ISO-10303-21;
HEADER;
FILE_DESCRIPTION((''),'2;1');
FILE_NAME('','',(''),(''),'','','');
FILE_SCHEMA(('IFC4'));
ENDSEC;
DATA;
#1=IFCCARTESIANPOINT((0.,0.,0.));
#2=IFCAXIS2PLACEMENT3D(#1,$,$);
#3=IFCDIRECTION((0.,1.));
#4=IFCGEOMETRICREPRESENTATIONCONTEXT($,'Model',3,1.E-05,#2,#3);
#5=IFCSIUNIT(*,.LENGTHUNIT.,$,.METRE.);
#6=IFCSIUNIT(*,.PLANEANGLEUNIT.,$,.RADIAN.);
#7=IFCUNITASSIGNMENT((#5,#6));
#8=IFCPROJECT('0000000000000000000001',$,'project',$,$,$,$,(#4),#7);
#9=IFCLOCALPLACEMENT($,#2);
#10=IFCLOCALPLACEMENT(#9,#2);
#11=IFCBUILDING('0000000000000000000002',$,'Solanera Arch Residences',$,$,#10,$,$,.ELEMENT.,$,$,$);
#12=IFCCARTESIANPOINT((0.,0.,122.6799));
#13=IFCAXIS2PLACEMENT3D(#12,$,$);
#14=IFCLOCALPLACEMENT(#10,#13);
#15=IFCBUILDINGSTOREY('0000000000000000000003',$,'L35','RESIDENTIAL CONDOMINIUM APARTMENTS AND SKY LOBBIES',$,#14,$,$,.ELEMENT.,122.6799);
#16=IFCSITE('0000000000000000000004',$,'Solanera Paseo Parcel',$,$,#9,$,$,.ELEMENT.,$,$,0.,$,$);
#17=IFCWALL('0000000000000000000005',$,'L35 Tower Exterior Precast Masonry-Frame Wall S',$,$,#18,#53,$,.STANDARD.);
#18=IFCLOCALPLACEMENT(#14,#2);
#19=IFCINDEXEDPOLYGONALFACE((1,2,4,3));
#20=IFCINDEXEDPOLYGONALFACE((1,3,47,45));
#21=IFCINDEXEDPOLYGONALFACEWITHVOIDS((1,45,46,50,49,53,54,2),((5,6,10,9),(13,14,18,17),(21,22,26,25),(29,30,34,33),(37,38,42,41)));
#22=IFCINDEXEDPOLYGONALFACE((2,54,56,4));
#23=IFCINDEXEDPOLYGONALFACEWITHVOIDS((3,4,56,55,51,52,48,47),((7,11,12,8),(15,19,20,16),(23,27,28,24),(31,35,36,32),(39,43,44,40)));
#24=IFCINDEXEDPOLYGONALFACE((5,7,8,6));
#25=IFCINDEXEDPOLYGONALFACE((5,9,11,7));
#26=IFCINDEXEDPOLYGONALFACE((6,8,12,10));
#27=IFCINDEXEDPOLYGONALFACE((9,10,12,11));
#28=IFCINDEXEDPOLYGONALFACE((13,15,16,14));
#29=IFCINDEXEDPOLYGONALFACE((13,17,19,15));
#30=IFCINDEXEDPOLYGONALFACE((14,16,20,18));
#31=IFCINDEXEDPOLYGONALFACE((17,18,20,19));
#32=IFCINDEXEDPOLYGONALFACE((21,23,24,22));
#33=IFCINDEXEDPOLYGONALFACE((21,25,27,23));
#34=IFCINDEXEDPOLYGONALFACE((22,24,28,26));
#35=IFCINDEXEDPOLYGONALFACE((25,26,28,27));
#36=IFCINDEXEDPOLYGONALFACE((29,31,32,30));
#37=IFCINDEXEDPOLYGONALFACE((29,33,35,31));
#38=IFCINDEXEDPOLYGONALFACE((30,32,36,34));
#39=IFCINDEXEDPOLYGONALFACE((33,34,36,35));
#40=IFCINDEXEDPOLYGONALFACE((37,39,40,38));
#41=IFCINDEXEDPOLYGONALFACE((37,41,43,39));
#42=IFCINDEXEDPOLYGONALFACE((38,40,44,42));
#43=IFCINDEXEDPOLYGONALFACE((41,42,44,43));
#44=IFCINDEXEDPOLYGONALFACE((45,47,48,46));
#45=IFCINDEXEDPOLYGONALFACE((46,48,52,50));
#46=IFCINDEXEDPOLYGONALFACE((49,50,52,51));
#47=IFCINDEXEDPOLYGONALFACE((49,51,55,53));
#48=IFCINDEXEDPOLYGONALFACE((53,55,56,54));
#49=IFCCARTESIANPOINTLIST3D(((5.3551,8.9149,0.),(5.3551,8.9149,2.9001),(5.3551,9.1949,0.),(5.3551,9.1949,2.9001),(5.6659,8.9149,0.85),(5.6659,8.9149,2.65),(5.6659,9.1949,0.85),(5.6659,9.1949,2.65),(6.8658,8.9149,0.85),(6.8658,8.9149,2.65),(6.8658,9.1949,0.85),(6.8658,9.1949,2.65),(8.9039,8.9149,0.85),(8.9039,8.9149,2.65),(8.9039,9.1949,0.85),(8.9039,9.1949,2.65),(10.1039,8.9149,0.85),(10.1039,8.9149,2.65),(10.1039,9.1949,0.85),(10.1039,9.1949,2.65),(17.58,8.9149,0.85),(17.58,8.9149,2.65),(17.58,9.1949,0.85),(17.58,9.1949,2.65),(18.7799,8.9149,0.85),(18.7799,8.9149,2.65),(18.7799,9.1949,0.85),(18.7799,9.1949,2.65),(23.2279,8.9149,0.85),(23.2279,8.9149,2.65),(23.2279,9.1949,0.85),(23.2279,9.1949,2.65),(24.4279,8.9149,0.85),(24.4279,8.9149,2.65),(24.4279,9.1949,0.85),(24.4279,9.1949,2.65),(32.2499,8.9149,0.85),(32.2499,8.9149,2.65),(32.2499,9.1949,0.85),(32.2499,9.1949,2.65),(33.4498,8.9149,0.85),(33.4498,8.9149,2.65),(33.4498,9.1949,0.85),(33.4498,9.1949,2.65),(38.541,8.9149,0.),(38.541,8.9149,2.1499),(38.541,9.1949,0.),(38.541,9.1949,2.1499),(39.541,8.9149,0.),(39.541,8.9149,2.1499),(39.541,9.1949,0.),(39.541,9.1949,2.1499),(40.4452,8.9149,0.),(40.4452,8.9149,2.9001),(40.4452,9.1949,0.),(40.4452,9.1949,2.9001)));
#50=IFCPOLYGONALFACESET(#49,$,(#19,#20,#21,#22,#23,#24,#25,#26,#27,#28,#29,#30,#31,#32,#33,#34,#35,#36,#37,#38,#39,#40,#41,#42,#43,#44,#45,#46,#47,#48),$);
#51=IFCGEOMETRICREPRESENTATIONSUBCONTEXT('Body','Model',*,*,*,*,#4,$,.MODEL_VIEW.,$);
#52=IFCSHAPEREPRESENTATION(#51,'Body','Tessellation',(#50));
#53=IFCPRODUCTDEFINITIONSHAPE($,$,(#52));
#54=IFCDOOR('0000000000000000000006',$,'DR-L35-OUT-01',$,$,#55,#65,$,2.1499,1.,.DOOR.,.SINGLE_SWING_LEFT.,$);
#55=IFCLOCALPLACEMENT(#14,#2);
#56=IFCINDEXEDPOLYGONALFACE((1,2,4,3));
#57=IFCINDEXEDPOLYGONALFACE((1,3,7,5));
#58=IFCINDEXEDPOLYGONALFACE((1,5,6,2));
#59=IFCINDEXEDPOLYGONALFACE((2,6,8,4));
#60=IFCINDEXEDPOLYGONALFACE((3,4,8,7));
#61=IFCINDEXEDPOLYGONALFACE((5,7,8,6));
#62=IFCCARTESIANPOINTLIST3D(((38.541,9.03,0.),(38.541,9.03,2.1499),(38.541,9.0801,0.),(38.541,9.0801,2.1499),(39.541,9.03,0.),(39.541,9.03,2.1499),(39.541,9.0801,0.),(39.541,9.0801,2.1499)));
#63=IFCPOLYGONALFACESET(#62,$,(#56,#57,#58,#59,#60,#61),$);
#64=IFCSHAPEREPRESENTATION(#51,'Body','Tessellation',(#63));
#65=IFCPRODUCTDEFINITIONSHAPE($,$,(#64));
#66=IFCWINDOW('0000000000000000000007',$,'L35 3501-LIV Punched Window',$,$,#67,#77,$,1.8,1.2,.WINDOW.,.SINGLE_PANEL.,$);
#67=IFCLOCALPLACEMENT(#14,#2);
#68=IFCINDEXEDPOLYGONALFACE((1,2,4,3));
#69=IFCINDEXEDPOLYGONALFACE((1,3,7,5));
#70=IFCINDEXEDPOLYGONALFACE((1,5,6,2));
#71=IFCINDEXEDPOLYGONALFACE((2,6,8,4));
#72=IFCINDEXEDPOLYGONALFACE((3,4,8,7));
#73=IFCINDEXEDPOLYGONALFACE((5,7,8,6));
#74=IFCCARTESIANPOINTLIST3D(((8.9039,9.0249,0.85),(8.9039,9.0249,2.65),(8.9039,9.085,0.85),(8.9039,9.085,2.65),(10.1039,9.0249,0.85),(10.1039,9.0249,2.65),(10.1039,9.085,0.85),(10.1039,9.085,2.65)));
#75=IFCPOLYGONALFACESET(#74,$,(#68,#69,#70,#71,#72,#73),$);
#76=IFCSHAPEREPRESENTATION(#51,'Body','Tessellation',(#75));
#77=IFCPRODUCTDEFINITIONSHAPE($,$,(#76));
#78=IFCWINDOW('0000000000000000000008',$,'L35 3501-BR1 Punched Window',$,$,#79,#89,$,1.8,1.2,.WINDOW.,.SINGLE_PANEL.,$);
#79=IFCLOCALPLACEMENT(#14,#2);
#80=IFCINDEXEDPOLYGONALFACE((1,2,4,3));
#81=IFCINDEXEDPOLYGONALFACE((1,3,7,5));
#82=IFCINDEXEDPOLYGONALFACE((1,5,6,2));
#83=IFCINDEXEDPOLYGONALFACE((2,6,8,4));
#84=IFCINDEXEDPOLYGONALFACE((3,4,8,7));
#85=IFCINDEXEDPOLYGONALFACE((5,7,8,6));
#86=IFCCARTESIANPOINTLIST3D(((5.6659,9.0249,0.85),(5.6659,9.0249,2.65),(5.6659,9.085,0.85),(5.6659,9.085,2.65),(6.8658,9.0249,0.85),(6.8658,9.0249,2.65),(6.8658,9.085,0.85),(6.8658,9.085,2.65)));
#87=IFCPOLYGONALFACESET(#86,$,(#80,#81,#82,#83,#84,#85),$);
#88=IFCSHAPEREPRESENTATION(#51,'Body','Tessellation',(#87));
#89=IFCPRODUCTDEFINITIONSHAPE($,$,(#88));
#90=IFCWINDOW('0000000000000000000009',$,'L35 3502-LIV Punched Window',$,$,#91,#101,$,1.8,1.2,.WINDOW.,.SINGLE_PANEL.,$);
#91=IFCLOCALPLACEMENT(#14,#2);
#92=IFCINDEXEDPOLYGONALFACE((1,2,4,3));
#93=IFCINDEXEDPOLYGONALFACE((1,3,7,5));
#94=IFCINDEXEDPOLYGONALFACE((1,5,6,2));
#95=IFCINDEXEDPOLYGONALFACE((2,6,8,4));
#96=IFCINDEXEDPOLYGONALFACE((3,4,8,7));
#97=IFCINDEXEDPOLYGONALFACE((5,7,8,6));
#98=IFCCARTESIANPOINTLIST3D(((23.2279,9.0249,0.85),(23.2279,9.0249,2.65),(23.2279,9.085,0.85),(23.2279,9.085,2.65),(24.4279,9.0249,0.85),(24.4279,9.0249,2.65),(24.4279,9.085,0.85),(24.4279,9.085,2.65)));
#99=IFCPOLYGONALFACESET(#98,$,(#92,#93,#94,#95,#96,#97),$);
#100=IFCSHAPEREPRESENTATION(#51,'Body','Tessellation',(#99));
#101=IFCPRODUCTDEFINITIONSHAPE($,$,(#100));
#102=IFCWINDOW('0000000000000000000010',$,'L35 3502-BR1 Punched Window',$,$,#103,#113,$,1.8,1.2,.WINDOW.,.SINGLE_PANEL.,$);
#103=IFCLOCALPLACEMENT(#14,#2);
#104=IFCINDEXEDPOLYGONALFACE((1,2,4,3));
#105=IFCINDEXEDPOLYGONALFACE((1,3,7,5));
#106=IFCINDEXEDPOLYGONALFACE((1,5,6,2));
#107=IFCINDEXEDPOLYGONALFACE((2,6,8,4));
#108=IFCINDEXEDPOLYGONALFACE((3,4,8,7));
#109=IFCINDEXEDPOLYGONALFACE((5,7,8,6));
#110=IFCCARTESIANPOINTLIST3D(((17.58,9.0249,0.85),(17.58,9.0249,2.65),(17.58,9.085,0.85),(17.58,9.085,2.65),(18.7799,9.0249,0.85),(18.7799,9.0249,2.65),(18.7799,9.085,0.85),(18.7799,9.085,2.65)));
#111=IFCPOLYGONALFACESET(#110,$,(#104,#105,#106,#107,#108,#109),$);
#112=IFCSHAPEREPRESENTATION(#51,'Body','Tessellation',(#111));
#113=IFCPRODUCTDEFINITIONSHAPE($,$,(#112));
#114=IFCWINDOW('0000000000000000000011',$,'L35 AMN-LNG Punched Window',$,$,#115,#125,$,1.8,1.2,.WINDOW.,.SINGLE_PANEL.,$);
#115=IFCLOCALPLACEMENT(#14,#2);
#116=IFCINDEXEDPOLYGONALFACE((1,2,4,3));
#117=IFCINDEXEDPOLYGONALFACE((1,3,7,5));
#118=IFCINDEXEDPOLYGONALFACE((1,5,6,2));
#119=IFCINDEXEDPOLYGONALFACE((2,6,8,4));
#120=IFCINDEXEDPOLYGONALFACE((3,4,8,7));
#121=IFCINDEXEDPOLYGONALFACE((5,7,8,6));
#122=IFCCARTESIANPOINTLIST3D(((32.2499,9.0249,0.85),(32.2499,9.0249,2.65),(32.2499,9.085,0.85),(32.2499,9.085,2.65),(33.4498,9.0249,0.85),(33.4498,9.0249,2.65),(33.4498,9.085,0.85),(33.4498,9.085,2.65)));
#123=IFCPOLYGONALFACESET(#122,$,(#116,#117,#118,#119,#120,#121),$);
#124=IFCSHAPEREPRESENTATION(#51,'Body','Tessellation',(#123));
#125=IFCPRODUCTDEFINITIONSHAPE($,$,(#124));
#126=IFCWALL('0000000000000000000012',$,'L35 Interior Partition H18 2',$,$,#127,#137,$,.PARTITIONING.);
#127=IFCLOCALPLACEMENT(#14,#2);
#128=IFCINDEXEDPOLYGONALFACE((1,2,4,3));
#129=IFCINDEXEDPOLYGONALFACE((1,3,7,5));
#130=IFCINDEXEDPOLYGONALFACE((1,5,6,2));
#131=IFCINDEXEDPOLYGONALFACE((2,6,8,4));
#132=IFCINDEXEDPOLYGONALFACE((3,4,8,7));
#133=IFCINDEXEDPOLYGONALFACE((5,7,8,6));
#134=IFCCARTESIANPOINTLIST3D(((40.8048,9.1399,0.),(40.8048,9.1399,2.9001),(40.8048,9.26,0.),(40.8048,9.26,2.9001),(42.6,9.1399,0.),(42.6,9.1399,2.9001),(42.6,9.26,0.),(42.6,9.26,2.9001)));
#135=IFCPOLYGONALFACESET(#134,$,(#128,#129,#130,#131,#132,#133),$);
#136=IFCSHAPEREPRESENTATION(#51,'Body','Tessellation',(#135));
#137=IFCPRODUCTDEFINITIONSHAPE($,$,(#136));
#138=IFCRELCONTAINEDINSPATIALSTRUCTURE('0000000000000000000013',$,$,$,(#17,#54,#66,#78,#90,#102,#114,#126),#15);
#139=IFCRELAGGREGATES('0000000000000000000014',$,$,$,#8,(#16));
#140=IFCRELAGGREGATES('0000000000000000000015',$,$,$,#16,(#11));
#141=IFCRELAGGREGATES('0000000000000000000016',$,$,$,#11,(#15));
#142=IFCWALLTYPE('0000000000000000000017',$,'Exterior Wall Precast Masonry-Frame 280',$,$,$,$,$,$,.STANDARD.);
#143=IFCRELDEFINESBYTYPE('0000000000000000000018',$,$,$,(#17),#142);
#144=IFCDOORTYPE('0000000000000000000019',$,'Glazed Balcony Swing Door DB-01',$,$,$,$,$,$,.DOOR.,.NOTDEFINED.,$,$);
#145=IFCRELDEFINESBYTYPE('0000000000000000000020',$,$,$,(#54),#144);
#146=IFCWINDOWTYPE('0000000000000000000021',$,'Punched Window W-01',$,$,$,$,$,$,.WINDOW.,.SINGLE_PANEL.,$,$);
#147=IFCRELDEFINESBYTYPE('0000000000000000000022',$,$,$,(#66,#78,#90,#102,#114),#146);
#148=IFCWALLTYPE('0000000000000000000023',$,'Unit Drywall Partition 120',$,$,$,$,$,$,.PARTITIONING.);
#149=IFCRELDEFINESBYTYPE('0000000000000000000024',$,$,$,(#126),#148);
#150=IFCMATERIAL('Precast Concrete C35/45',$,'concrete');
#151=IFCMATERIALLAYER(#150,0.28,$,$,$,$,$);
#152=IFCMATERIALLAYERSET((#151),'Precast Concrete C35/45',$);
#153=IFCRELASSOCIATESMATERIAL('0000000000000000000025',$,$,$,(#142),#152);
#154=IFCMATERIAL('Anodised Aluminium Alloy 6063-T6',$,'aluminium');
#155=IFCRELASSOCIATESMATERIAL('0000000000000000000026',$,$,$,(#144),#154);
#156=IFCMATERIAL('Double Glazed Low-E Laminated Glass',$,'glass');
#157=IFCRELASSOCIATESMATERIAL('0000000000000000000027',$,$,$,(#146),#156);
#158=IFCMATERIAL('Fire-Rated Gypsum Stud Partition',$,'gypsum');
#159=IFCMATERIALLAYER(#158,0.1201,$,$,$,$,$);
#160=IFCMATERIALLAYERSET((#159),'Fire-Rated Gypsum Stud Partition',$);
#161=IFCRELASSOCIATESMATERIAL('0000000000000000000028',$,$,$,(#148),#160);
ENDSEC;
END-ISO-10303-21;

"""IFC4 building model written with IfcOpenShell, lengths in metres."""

from ifc_helpers import new_model, si_unit, direction, frame, frame_2d, origin, place, context, subcontext, project, spatial, rectangle, extrude, material, layer, layer_set, type_object, element, fill, save


model = new_model("IFC4")

# Units and contexts
model_context = context("Model", 3, precision=1e-05, world=origin(), true_north=direction((0.0, 1.0)))
body_context = subcontext(model_context, "Body", "Model", "MODEL_VIEW")
ifc_project = project(units=[si_unit("LENGTHUNIT", "METRE"), si_unit("PLANEANGLEUNIT", "RADIAN")], contexts=[model_context])

# Site, building, storey
site_placement = place(None, origin())
site = spatial("IfcSite", under=ifc_project, at=site_placement, Name="Solanera Paseo Parcel", CompositionType="ELEMENT", RefElevation=0.0)
building_placement = place(site_placement, origin())
building = spatial("IfcBuilding", under=site, at=building_placement, Name="Solanera Arch Residences", CompositionType="ELEMENT")
storey_placement = place(building_placement, frame((0.0, 0.0, 122.6799)))
storey = spatial("IfcBuildingStorey", under=building, at=storey_placement, Name="L35", Description="RESIDENTIAL CONDOMINIUM APARTMENTS AND SKY LOBBIES", CompositionType="ELEMENT", Elevation=122.6799)

# Shared definitions
ifc_material_1 = material(Name="Precast Concrete C35/45", Category="concrete")
ifc_layer_1 = layer(ifc_material_1, 0.28)
ifc_layer_set_1 = layer_set([ifc_layer_1], Name="Precast Concrete C35/45")
wall_type_1 = type_object("IfcWallType", Name="Exterior Wall Precast Masonry-Frame 280", PredefinedType="STANDARD", material=ifc_layer_set_1)

# Wall, openings, door, windows
wall_1_placement = place(storey_placement, frame((40.4451, 9.0549, 0.0), z_axis=(0.0, 0.0, 1.0), x_axis=(-1.0, 0.0, 0.0)))
wall_1 = element("IfcWall", 1, at=wall_1_placement, inside=storey, type_object=wall_type_1, Name="L35 Tower Exterior Precast Masonry-Frame Wall S", PredefinedType="STANDARD", context=body_context, shape_type="SweptSolid", body=[
    extrude(rectangle(XDim=35.0901, YDim=0.28, at=frame_2d((17.5449, 0.0))), origin(), (0.0, 0.0, 1.0), 2.9001),
])
opening_1_placement = place(wall_1_placement, frame((0.9041, 0.0, 0.0)))
opening_1 = element("IfcOpeningElement", 2, at=opening_1_placement, cuts=wall_1, PredefinedType="OPENING", context=body_context, shape_type="SweptSolid", body=[
    extrude(rectangle(XDim=1.0, YDim=2.1499, at=frame_2d((0.5, 1.075))), frame((0.0, 0.1499, 0.0), z_axis=(0.0, -1.0, 0.0), x_axis=(1.0, 0.0, 0.0)), (0.0, 0.0, 1.0), 0.3),
])
opening_2_placement = place(wall_1_placement, frame((30.3411, 0.0, 0.8501)))
opening_2 = element("IfcOpeningElement", 3, at=opening_2_placement, cuts=wall_1, PredefinedType="OPENING", context=body_context, shape_type="SweptSolid", body=[
    extrude(rectangle(XDim=1.2, YDim=1.8, at=frame_2d((0.6001, 0.8999))), frame((0.0, 0.1499, 0.0), z_axis=(0.0, -1.0, 0.0), x_axis=(1.0, 0.0, 0.0)), (0.0, 0.0, 1.0), 0.3),
])
opening_3_placement = place(wall_1_placement, frame((33.5791, 0.0, 0.8501)))
opening_3 = element("IfcOpeningElement", 4, at=opening_3_placement, cuts=wall_1, PredefinedType="OPENING", context=body_context, shape_type="SweptSolid", body=[
    extrude(rectangle(XDim=1.2, YDim=1.8, at=frame_2d((0.6001, 0.8999))), frame((0.0, 0.1499, 0.0), z_axis=(0.0, -1.0, 0.0), x_axis=(1.0, 0.0, 0.0)), (0.0, 0.0, 1.0), 0.3),
])
opening_4_placement = place(wall_1_placement, frame((16.0171, 0.0, 0.8501)))
opening_4 = element("IfcOpeningElement", 5, at=opening_4_placement, cuts=wall_1, PredefinedType="OPENING", context=body_context, shape_type="SweptSolid", body=[
    extrude(rectangle(XDim=1.2, YDim=1.8, at=frame_2d((0.6001, 0.8999))), frame((0.0, 0.1499, 0.0), z_axis=(0.0, -1.0, 0.0), x_axis=(1.0, 0.0, 0.0)), (0.0, 0.0, 1.0), 0.3),
])
opening_5_placement = place(wall_1_placement, frame((21.665, 0.0, 0.8501)))
opening_5 = element("IfcOpeningElement", 6, at=opening_5_placement, cuts=wall_1, PredefinedType="OPENING", context=body_context, shape_type="SweptSolid", body=[
    extrude(rectangle(XDim=1.2, YDim=1.8, at=frame_2d((0.6001, 0.8999))), frame((0.0, 0.1499, 0.0), z_axis=(0.0, -1.0, 0.0), x_axis=(1.0, 0.0, 0.0)), (0.0, 0.0, 1.0), 0.3),
])
opening_6_placement = place(wall_1_placement, frame((6.9951, 0.0, 0.8501)))
opening_6 = element("IfcOpeningElement", 7, at=opening_6_placement, cuts=wall_1, PredefinedType="OPENING", context=body_context, shape_type="SweptSolid", body=[
    extrude(rectangle(XDim=1.2, YDim=1.8, at=frame_2d((0.6001, 0.8999))), frame((0.0, 0.1499, 0.0), z_axis=(0.0, -1.0, 0.0), x_axis=(1.0, 0.0, 0.0)), (0.0, 0.0, 1.0), 0.3),
])
ifc_material_2 = material(Name="Anodised Aluminium Alloy 6063-T6", Category="aluminium")
door_type = type_object("IfcDoorType", Name="Glazed Balcony Swing Door DB-01", OperationType="NOTDEFINED", PredefinedType="DOOR", material=ifc_material_2)
door_placement = place(opening_1_placement, origin())
door = element("IfcDoor", 8, at=door_placement, inside=storey, type_object=door_type, Name="DR-L35-OUT-01", OperationType="SINGLE_SWING_LEFT", OverallHeight=2.1499, OverallWidth=1.0, PredefinedType="DOOR", context=body_context, shape_type="SweptSolid", body=[
    extrude(rectangle(XDim=1.0, YDim=2.1499, at=frame_2d((0.5, 1.075))), frame((0.0, 0.0249, 0.0), z_axis=(0.0, -1.0, 0.0), x_axis=(1.0, 0.0, 0.0)), (0.0, 0.0, 1.0), 0.05),
])
fill(opening_1, door)
ifc_material_3 = material(Name="Double Glazed Low-E Laminated Glass", Category="glass")
window_type = type_object("IfcWindowType", Name="Punched Window W-01", PartitioningType="SINGLE_PANEL", PredefinedType="WINDOW", material=ifc_material_3)
window_1_placement = place(opening_2_placement, origin())
window_1 = element("IfcWindow", 9, at=window_1_placement, inside=storey, type_object=window_type, Name="L35 3501-LIV Punched Window", OverallHeight=1.8, OverallWidth=1.2, PartitioningType="SINGLE_PANEL", PredefinedType="WINDOW", context=body_context, shape_type="SweptSolid", body=[
    extrude(rectangle(XDim=1.2, YDim=1.8, at=frame_2d((0.6001, 0.8999))), frame((0.0, 0.03, 0.0), z_axis=(0.0, -1.0, 0.0), x_axis=(1.0, 0.0, 0.0)), (0.0, 0.0, 1.0), 0.0601),
])
fill(opening_2, window_1)
window_2_placement = place(opening_3_placement, origin())
window_2 = element("IfcWindow", 10, at=window_2_placement, inside=storey, type_object=window_type, Name="L35 3501-BR1 Punched Window", OverallHeight=1.8, OverallWidth=1.2, PartitioningType="SINGLE_PANEL", PredefinedType="WINDOW", context=body_context, shape_type="SweptSolid", body=[
    extrude(rectangle(XDim=1.2, YDim=1.8, at=frame_2d((0.6001, 0.8999))), frame((0.0, 0.03, 0.0), z_axis=(0.0, -1.0, 0.0), x_axis=(1.0, 0.0, 0.0)), (0.0, 0.0, 1.0), 0.0601),
])
fill(opening_3, window_2)
window_3_placement = place(opening_4_placement, origin())
window_3 = element("IfcWindow", 11, at=window_3_placement, inside=storey, type_object=window_type, Name="L35 3502-LIV Punched Window", OverallHeight=1.8, OverallWidth=1.2, PartitioningType="SINGLE_PANEL", PredefinedType="WINDOW", context=body_context, shape_type="SweptSolid", body=[
    extrude(rectangle(XDim=1.2, YDim=1.8, at=frame_2d((0.6001, 0.8999))), frame((0.0, 0.03, 0.0), z_axis=(0.0, -1.0, 0.0), x_axis=(1.0, 0.0, 0.0)), (0.0, 0.0, 1.0), 0.0601),
])
fill(opening_4, window_3)
window_4_placement = place(opening_5_placement, origin())
window_4 = element("IfcWindow", 12, at=window_4_placement, inside=storey, type_object=window_type, Name="L35 3502-BR1 Punched Window", OverallHeight=1.8, OverallWidth=1.2, PartitioningType="SINGLE_PANEL", PredefinedType="WINDOW", context=body_context, shape_type="SweptSolid", body=[
    extrude(rectangle(XDim=1.2, YDim=1.8, at=frame_2d((0.6001, 0.8999))), frame((0.0, 0.03, 0.0), z_axis=(0.0, -1.0, 0.0), x_axis=(1.0, 0.0, 0.0)), (0.0, 0.0, 1.0), 0.0601),
])
fill(opening_5, window_4)
window_5_placement = place(opening_6_placement, origin())
window_5 = element("IfcWindow", 13, at=window_5_placement, inside=storey, type_object=window_type, Name="L35 AMN-LNG Punched Window", OverallHeight=1.8, OverallWidth=1.2, PartitioningType="SINGLE_PANEL", PredefinedType="WINDOW", context=body_context, shape_type="SweptSolid", body=[
    extrude(rectangle(XDim=1.2, YDim=1.8, at=frame_2d((0.6001, 0.8999))), frame((0.0, 0.03, 0.0), z_axis=(0.0, -1.0, 0.0), x_axis=(1.0, 0.0, 0.0)), (0.0, 0.0, 1.0), 0.0601),
])
fill(opening_6, window_5)

# Wall
ifc_material_4 = material(Name="Fire-Rated Gypsum Stud Partition", Category="gypsum")
ifc_layer_2 = layer(ifc_material_4, 0.1201)
ifc_layer_set_2 = layer_set([ifc_layer_2], Name="Fire-Rated Gypsum Stud Partition")
wall_type_2 = type_object("IfcWallType", Name="Unit Drywall Partition 120", PredefinedType="PARTITIONING", material=ifc_layer_set_2)
wall_2_placement = place(storey_placement, frame((40.8049, 9.2, 0.0), z_axis=(0.0, 0.0, 1.0), x_axis=(1.0, 0.0, 0.0)))
element("IfcWall", 14, at=wall_2_placement, inside=storey, type_object=wall_type_2, Name="L35 Interior Partition H18 2", PredefinedType="PARTITIONING", context=body_context, shape_type="SweptSolid", body=[
    extrude(rectangle(XDim=1.7952, YDim=0.1201, at=frame_2d((0.8975, 0.0))), origin(), (0.0, 0.0, 1.0), 2.9001),
])

save(model, "model.ifc")
